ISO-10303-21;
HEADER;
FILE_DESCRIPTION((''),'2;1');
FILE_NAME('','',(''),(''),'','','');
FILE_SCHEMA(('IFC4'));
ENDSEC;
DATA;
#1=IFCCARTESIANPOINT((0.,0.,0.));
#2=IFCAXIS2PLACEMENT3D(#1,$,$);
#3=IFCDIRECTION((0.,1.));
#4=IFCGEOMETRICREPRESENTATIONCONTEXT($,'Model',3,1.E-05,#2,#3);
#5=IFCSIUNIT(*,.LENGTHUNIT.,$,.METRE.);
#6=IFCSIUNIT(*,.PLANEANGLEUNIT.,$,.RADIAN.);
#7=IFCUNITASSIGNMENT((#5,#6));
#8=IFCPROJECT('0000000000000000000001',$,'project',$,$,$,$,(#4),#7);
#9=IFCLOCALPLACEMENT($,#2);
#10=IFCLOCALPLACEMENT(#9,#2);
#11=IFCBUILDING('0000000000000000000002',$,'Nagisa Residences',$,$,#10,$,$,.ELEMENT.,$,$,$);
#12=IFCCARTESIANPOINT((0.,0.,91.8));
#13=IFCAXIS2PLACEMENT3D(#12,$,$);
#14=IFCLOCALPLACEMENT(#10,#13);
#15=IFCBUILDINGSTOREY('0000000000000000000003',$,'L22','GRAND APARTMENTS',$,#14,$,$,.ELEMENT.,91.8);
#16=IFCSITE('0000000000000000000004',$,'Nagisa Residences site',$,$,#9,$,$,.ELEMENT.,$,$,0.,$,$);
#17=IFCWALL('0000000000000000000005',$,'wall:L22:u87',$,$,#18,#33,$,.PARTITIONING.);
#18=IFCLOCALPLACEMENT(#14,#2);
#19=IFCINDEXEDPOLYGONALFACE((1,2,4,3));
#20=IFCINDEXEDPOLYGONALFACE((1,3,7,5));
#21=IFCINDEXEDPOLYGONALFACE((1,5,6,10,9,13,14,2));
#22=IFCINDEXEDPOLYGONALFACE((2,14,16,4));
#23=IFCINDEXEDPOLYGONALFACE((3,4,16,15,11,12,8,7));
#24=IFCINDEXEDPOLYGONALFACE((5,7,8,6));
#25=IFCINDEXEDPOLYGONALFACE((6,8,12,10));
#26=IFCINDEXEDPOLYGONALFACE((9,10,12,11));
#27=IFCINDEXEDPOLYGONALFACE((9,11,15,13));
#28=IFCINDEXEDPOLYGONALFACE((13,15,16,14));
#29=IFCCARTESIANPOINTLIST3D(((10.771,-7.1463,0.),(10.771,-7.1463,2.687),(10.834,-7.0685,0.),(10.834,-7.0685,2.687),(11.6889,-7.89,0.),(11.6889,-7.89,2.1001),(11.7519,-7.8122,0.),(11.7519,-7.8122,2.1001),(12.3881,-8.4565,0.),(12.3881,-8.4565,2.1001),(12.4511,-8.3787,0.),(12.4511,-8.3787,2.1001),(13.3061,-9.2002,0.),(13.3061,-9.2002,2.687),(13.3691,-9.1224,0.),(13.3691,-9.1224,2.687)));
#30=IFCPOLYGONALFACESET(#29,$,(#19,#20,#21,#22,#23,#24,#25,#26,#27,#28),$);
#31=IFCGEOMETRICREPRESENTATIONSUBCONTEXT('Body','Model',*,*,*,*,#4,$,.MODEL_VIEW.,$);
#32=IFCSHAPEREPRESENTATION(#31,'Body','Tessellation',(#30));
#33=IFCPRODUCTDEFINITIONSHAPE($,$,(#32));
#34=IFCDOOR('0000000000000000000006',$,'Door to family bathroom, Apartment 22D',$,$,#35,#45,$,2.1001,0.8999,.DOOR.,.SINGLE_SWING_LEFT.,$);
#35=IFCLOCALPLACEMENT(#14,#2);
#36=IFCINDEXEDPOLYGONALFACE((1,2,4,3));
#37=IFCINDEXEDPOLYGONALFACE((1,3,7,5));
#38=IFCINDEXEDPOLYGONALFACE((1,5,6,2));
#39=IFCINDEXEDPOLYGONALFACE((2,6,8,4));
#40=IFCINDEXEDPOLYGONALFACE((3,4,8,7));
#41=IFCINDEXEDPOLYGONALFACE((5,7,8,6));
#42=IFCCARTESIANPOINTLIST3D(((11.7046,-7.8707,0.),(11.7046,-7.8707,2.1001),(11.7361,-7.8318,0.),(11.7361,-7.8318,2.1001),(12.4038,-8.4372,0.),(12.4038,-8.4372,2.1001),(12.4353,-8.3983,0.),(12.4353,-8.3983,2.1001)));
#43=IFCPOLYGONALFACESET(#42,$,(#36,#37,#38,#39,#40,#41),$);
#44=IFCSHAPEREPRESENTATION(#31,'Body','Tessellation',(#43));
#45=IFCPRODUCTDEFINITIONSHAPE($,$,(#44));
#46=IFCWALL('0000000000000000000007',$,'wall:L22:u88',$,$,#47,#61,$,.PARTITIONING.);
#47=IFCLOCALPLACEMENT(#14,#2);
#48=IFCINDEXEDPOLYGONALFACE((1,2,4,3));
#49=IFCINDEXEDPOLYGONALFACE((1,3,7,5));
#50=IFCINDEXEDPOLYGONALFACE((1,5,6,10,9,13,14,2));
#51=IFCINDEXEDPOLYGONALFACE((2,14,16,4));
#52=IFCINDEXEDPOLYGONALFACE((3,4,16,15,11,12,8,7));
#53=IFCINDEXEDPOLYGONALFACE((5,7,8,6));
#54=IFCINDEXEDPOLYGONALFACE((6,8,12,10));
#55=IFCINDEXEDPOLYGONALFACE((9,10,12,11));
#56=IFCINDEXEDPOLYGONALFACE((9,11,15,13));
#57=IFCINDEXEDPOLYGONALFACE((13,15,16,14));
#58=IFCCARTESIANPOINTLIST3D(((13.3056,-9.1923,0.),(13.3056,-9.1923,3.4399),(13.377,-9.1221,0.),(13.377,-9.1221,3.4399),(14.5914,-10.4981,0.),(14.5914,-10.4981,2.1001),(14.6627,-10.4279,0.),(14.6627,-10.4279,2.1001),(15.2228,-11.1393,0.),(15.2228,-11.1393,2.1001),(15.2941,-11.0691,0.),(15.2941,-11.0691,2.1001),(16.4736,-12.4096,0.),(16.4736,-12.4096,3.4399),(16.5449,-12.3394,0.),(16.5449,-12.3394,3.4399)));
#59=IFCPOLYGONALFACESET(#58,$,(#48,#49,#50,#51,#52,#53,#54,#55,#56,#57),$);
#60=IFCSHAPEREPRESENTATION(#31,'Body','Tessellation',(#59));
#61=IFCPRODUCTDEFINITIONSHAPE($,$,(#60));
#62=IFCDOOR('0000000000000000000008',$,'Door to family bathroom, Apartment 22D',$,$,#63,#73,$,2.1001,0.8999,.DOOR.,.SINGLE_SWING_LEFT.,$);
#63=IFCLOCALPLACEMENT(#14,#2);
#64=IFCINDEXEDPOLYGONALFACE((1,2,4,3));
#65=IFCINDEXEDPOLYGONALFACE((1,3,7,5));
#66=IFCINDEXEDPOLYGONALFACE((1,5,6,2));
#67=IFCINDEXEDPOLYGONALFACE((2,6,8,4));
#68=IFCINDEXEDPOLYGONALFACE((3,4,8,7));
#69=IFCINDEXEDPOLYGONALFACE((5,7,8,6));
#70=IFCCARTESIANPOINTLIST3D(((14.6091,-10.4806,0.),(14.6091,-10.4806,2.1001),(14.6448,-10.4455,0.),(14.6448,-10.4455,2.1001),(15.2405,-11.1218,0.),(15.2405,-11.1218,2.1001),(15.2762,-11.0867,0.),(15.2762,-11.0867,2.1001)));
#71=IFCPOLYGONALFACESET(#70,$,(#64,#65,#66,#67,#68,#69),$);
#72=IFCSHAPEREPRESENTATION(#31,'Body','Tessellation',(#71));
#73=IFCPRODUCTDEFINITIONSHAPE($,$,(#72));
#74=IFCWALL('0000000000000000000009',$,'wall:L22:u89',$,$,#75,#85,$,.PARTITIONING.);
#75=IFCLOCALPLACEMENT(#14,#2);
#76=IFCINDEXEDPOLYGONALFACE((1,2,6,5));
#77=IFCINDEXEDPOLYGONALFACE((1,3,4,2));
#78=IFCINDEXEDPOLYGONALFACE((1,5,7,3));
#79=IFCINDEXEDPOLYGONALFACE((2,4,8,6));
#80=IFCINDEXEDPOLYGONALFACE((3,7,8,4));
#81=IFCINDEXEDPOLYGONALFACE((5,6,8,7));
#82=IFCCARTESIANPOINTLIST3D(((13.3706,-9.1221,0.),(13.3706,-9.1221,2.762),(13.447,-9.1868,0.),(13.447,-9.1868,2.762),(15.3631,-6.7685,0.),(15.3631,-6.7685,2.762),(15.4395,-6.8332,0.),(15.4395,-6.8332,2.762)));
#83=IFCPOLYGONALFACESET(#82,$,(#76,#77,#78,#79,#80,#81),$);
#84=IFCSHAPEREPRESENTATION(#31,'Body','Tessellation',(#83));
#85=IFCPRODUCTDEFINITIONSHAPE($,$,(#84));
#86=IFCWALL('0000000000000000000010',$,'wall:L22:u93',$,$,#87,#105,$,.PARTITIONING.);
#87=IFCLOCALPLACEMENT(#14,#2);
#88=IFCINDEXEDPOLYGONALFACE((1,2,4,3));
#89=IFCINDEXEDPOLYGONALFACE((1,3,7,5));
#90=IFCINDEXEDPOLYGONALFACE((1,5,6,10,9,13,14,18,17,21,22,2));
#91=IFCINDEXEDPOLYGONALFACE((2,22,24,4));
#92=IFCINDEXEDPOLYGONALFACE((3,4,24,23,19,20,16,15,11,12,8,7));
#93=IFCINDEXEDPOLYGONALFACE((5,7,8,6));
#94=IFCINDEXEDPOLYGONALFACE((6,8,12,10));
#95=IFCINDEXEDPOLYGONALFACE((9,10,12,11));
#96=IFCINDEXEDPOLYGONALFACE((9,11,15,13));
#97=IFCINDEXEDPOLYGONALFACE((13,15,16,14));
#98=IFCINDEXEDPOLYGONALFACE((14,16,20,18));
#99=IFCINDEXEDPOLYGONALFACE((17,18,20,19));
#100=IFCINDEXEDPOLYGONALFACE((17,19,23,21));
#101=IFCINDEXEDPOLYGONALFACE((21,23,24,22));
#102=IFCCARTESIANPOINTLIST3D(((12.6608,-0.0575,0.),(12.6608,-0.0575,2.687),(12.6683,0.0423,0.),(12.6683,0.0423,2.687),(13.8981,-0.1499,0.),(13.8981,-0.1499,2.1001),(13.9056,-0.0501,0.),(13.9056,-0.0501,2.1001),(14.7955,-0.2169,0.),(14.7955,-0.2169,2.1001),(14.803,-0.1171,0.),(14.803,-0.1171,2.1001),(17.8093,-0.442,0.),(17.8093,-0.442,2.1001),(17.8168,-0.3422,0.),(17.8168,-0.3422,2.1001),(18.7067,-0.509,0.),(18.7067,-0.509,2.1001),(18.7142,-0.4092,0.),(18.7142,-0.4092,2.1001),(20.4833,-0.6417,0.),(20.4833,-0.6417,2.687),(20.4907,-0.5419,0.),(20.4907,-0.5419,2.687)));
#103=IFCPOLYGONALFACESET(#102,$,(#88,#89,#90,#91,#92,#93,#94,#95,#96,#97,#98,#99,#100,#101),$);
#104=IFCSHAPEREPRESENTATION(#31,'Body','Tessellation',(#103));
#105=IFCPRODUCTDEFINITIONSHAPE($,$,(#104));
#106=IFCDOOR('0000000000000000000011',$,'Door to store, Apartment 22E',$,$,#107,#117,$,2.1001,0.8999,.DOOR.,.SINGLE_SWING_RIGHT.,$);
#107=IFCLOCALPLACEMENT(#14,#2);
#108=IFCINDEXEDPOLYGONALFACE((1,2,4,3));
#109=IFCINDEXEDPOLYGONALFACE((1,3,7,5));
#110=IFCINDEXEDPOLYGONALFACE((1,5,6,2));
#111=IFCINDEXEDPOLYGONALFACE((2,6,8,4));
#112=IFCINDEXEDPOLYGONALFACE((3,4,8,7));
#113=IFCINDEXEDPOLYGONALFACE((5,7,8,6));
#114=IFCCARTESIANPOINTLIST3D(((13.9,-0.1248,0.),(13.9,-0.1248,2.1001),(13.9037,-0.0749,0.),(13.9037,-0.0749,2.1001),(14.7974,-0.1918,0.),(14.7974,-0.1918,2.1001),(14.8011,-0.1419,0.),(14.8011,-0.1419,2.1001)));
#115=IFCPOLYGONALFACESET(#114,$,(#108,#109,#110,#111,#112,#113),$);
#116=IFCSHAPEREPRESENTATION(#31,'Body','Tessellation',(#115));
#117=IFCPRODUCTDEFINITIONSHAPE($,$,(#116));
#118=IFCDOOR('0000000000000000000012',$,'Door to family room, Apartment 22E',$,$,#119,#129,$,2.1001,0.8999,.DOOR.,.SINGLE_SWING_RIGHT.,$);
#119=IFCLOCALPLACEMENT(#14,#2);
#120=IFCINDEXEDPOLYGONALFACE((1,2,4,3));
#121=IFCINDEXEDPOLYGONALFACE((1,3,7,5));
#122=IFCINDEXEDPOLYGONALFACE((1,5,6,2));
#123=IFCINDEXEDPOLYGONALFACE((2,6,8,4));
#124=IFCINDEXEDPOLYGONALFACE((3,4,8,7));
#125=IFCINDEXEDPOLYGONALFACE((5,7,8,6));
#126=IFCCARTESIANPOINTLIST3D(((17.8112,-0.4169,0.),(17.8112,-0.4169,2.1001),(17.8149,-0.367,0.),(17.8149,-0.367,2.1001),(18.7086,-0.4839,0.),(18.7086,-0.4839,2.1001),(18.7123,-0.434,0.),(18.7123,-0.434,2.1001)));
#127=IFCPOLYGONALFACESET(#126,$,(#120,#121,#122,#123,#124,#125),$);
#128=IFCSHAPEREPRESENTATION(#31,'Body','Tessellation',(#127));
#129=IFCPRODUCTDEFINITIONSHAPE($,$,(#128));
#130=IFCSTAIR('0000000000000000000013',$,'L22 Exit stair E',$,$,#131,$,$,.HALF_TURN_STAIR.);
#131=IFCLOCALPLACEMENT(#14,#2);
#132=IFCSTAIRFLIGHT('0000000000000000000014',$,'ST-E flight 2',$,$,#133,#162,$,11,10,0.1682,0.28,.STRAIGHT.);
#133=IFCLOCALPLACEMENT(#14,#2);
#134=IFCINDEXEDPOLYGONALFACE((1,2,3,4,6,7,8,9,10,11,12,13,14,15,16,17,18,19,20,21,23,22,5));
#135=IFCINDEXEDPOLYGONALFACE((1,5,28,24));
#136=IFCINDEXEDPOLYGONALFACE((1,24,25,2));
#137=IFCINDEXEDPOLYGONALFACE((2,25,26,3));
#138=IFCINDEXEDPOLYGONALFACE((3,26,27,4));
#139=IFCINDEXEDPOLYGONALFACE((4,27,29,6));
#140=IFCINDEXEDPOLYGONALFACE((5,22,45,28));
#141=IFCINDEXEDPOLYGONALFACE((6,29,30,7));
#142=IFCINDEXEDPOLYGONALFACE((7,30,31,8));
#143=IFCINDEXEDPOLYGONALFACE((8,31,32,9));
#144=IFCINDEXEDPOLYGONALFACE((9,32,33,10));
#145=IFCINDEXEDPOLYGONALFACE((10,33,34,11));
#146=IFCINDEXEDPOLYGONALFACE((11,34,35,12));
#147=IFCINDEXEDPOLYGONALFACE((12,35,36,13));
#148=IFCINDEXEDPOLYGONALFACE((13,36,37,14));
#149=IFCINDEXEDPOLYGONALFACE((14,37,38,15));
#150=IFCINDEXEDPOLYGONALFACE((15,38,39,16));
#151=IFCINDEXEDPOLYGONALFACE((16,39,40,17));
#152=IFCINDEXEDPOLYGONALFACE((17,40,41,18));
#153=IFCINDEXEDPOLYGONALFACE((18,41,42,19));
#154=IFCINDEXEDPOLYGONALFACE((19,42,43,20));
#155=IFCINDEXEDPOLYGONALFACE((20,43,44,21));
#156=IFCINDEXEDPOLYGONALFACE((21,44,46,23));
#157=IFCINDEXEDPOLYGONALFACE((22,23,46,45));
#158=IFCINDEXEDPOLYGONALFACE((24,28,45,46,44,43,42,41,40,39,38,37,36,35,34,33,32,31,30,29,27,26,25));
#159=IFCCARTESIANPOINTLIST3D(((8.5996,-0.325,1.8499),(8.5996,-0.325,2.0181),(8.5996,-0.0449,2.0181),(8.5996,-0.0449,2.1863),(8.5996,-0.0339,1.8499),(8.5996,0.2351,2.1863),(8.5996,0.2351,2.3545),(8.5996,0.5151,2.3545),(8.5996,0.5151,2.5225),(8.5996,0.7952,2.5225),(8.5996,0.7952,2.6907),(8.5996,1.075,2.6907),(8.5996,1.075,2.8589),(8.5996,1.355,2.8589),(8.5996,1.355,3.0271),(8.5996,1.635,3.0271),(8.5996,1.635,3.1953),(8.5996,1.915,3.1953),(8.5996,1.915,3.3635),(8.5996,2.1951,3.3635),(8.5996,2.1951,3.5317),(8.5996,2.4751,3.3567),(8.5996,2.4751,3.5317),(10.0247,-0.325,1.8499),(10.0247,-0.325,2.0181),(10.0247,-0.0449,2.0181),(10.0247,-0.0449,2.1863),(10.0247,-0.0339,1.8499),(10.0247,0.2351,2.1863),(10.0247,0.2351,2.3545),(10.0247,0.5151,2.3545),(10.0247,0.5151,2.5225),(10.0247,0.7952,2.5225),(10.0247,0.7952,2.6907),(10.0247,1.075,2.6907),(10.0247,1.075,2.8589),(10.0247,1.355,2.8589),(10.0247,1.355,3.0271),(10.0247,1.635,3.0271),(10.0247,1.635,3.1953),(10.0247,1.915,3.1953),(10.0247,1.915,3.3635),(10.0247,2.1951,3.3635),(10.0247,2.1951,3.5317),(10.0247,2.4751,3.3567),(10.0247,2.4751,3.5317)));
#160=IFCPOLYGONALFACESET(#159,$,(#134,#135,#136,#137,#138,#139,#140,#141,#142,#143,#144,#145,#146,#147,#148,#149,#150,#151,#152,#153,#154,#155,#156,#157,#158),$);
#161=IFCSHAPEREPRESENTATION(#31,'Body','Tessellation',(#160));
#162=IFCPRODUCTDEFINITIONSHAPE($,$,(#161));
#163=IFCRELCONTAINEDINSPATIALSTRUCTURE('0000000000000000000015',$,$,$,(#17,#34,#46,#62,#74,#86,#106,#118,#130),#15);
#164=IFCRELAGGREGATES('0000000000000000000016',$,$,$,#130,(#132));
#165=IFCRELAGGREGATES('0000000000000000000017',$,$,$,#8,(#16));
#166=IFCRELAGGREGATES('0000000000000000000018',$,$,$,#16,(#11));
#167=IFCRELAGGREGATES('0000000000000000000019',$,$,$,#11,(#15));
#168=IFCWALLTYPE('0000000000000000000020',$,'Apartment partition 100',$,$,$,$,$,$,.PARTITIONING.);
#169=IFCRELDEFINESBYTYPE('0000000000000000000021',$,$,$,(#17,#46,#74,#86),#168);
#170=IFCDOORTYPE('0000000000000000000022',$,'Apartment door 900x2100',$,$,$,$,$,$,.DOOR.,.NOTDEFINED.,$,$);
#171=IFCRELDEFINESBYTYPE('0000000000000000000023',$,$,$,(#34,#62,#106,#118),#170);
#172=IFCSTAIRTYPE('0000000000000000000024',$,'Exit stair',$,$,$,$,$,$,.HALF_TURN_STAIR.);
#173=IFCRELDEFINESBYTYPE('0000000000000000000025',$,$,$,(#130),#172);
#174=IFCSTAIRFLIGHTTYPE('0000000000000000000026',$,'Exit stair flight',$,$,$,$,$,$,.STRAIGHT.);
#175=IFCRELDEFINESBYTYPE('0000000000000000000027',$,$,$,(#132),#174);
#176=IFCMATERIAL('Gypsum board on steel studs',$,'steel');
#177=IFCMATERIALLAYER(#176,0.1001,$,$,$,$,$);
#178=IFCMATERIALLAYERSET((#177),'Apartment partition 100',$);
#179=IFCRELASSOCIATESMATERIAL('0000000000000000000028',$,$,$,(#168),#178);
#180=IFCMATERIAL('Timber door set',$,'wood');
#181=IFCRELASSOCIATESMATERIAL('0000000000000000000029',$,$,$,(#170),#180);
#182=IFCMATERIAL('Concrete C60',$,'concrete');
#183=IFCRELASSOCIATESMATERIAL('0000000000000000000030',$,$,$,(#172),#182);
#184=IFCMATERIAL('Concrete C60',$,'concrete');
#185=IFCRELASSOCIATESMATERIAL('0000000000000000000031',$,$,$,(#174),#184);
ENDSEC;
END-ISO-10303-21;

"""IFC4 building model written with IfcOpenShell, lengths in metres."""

from ifc_helpers import new_model, si_unit, direction, frame, frame_2d, origin, place, context, subcontext, project, spatial, polyline, rectangle, outline, extrude, material, layer, layer_set, type_object, element, fill, aggregate, save


model = new_model("IFC4")

# Units and contexts
model_context = context("Model", 3, precision=1e-05, world=origin(), true_north=direction((0.0, 1.0)))
body_context = subcontext(model_context, "Body", "Model", "MODEL_VIEW")
ifc_project = project(units=[si_unit("LENGTHUNIT", "METRE"), si_unit("PLANEANGLEUNIT", "RADIAN")], contexts=[model_context])

# Site, building, storey
site_placement = place(None, origin())
site = spatial("IfcSite", under=ifc_project, at=site_placement, Name="Nagisa Residences site", CompositionType="ELEMENT", RefElevation=0.0)
building_placement = place(site_placement, origin())
building = spatial("IfcBuilding", under=site, at=building_placement, Name="Nagisa Residences", CompositionType="ELEMENT")
storey_placement = place(building_placement, frame((0.0, 0.0, 91.8)))
storey = spatial("IfcBuildingStorey", under=building, at=storey_placement, Name="L22", Description="GRAND APARTMENTS", CompositionType="ELEMENT", Elevation=91.8)

# Shared definitions
ifc_material_1 = material(Name="Gypsum board on steel studs", Category="steel")
ifc_layer_1 = layer(ifc_material_1, 0.1001)
ifc_layer_set_1 = layer_set([ifc_layer_1], Name="Apartment partition 100")
wall_type_1 = type_object("IfcWallType", Name="Apartment partition 100", PredefinedType="PARTITIONING", material=ifc_layer_set_1)
ifc_material_2 = material(Name="Timber door set", Category="wood")
door_type_1 = type_object("IfcDoorType", Name="Apartment door 900x2100", OperationType="NOTDEFINED", PredefinedType="DOOR", material=ifc_material_2)

# Walls, openings, doors
wall_1_placement = place(storey_placement, frame((10.8025, -7.1074, 0.0), z_axis=(0.0, 0.0, 1.0), x_axis=(0.776992, -0.62951, 0.0)))
wall_1 = element("IfcWall", 1, at=wall_1_placement, inside=storey, type_object=wall_type_1, Name="wall:L22:u87", PredefinedType="PARTITIONING", context=body_context, shape_type="SweptSolid", body=[
    extrude(rectangle(XDim=3.2627, YDim=0.1001, at=frame_2d((1.6313, 0.0))), origin(), (0.0, 0.0, 1.0), 2.687),
])
opening_1_placement = place(wall_1_placement, frame((1.1814, 0.0, 0.0)))
opening_1 = element("IfcOpeningElement", 2, at=opening_1_placement, cuts=wall_1, PredefinedType="OPENING", context=body_context, shape_type="SweptSolid", body=[
    extrude(rectangle(XDim=0.8999, YDim=2.1001, at=frame_2d((0.45, 1.05))), frame((0.0, 0.0601, 0.0), z_axis=(0.0, -1.0, 0.0), x_axis=(1.0, 0.0, 0.0)), (0.0, 0.0, 1.0), 0.1201),
])
door_1_placement = place(opening_1_placement, origin())
door_1 = element("IfcDoor", 3, at=door_1_placement, inside=storey, type_object=door_type_1, Name="Door to family bathroom, Apartment 22D", OperationType="SINGLE_SWING_LEFT", OverallHeight=2.1001, OverallWidth=0.8999, PredefinedType="DOOR", context=body_context, shape_type="SweptSolid", body=[
    extrude(rectangle(XDim=0.8999, YDim=2.1001, at=frame_2d((0.45, 1.05))), frame((0.0, 0.0249, 0.0), z_axis=(0.0, -1.0, 0.0), x_axis=(1.0, 0.0, 0.0)), (0.0, 0.0, 1.0), 0.05),
])
fill(opening_1, door_1)
wall_2_placement = place(storey_placement, frame((13.3413, -9.1572, 0.0), z_axis=(0.0, 0.0, 1.0), x_axis=(0.701625, -0.712547, 0.0)))
wall_2 = element("IfcWall", 4, at=wall_2_placement, inside=storey, type_object=wall_type_1, Name="wall:L22:u88", PredefinedType="PARTITIONING", context=body_context, shape_type="SweptSolid", body=[
    extrude(rectangle(XDim=4.5151, YDim=0.1001, at=frame_2d((2.2576, 0.0))), origin(), (0.0, 0.0, 1.0), 3.4399),
])
opening_2_placement = place(wall_2_placement, frame((1.8325, 0.0, 0.0)))
opening_2 = element("IfcOpeningElement", 5, at=opening_2_placement, cuts=wall_2, PredefinedType="OPENING", context=body_context, shape_type="SweptSolid", body=[
    extrude(rectangle(XDim=0.8999, YDim=2.1001, at=frame_2d((0.45, 1.05))), frame((0.0, 0.0601, 0.0), z_axis=(0.0, -1.0, 0.0), x_axis=(1.0, 0.0, 0.0)), (0.0, 0.0, 1.0), 0.1201),
])
door_2_placement = place(opening_2_placement, origin())
door_2 = element("IfcDoor", 6, at=door_2_placement, inside=storey, type_object=door_type_1, Name="Door to family bathroom, Apartment 22D", OperationType="SINGLE_SWING_LEFT", OverallHeight=2.1001, OverallWidth=0.8999, PredefinedType="DOOR", context=body_context, shape_type="SweptSolid", body=[
    extrude(rectangle(XDim=0.8999, YDim=2.1001, at=frame_2d((0.45, 1.05))), frame((0.0, 0.0249, 0.0), z_axis=(0.0, -1.0, 0.0), x_axis=(1.0, 0.0, 0.0)), (0.0, 0.0, 1.0), 0.05),
])
fill(opening_2, door_2)

# Wall
wall_3_placement = place(storey_placement, frame((13.4087, -9.1545, 0.0), z_axis=(0.0, 0.0, 1.0), x_axis=(0.64613, 0.763227, 0.0)))
element("IfcWall", 7, at=wall_3_placement, inside=storey, type_object=wall_type_1, Name="wall:L22:u89", PredefinedType="PARTITIONING", context=body_context, shape_type="SweptSolid", body=[
    extrude(rectangle(XDim=3.0837, YDim=0.1001, at=frame_2d((1.542, 0.0))), origin(), (0.0, 0.0, 1.0), 2.762),
])

# Wall, openings, doors
wall_4_placement = place(storey_placement, frame((12.6646, -0.0076, 0.0), z_axis=(0.0, 0.0, 1.0), x_axis=(0.997223, -0.074478, 0.0)))
wall_4 = element("IfcWall", 8, at=wall_4_placement, inside=storey, type_object=wall_type_1, Name="wall:L22:u93", PredefinedType="PARTITIONING", context=body_context, shape_type="SweptSolid", body=[
    extrude(rectangle(XDim=7.8442, YDim=0.1001, at=frame_2d((3.9221, 0.0))), origin(), (0.0, 0.0, 1.0), 2.687),
])
opening_3_placement = place(wall_4_placement, frame((1.2407, 0.0, 0.0)))
opening_3 = element("IfcOpeningElement", 9, at=opening_3_placement, cuts=wall_4, PredefinedType="OPENING", context=body_context, shape_type="SweptSolid", body=[
    extrude(rectangle(XDim=0.8999, YDim=2.1001, at=frame_2d((0.45, 1.05))), frame((0.0, 0.0601, 0.0), z_axis=(0.0, -1.0, 0.0), x_axis=(1.0, 0.0, 0.0)), (0.0, 0.0, 1.0), 0.1201),
])
opening_4_placement = place(wall_4_placement, frame((5.1628, 0.0, 0.0)))
opening_4 = element("IfcOpeningElement", 10, at=opening_4_placement, cuts=wall_4, PredefinedType="OPENING", context=body_context, shape_type="SweptSolid", body=[
    extrude(rectangle(XDim=0.8999, YDim=2.1001, at=frame_2d((0.45, 1.05))), frame((0.0, 0.0601, 0.0), z_axis=(0.0, -1.0, 0.0), x_axis=(1.0, 0.0, 0.0)), (0.0, 0.0, 1.0), 0.1201),
])
door_3_placement = place(opening_3_placement, frame((0.8999, 0.0, 0.0), x_axis=(-1.0, 0.0, 0.0)))
door_3 = element("IfcDoor", 11, at=door_3_placement, inside=storey, type_object=door_type_1, Name="Door to store, Apartment 22E", OperationType="SINGLE_SWING_RIGHT", OverallHeight=2.1001, OverallWidth=0.8999, PredefinedType="DOOR", context=body_context, shape_type="SweptSolid", body=[
    extrude(rectangle(XDim=0.8999, YDim=2.1001, at=frame_2d((0.45, 1.05))), frame((0.0, 0.0249, 0.0), z_axis=(0.0, -1.0, 0.0), x_axis=(1.0, 0.0, 0.0)), (0.0, 0.0, 1.0), 0.05),
])
fill(opening_3, door_3)
door_4_placement = place(opening_4_placement, frame((0.8999, 0.0, 0.0), x_axis=(-1.0, 0.0, 0.0)))
door_4 = element("IfcDoor", 12, at=door_4_placement, inside=storey, type_object=door_type_1, Name="Door to family room, Apartment 22E", OperationType="SINGLE_SWING_RIGHT", OverallHeight=2.1001, OverallWidth=0.8999, PredefinedType="DOOR", context=body_context, shape_type="SweptSolid", body=[
    extrude(rectangle(XDim=0.8999, YDim=2.1001, at=frame_2d((0.45, 1.05))), frame((0.0, 0.0249, 0.0), z_axis=(0.0, -1.0, 0.0), x_axis=(1.0, 0.0, 0.0)), (0.0, 0.0, 1.0), 0.05),
])
fill(opening_4, door_4)

# Stair, stair flight
ifc_material_3 = material(Name="Concrete C60", Category="concrete")
stair_type = type_object("IfcStairType", Name="Exit stair", PredefinedType="HALF_TURN_STAIR", material=ifc_material_3)
stair_placement = place(storey_placement, origin())
stair = element("IfcStair", 13, at=stair_placement, inside=storey, type_object=stair_type, Name="L22 Exit stair E", PredefinedType="HALF_TURN_STAIR")
ifc_material_4 = material(Name="Concrete C60", Category="concrete")
stair_flight_type = type_object("IfcStairFlightType", Name="Exit stair flight", PredefinedType="STRAIGHT", material=ifc_material_4)
stair_flight_placement = place(storey_placement, frame((9.312, -0.325, 1.8499), z_axis=(0.0, 0.0, 1.0), x_axis=(0.0, 1.0, 0.0)))
stair_flight = element("IfcStairFlight", 14, at=stair_flight_placement, type_object=stair_flight_type, Name="ST-E flight 2", NumberOfRisers=11, NumberOfTreads=10, PredefinedType="STRAIGHT", RiserHeight=0.1682, TreadLength=0.28, context=body_context, shape_type="SweptSolid", body=[
    extrude(outline(polyline([(0.0, 0.0), (0.0, 0.1682), (0.28, 0.1682), (0.28, 0.3364), (0.5601, 0.3364), (0.5601, 0.5046), (0.8401, 0.5046), (0.8401, 0.6726), (1.1201, 0.6726), (1.1201, 0.8408), (1.3999, 0.8408), (1.3999, 1.009), (1.6799, 1.009), (1.6799, 1.1772), (1.96, 1.1772), (1.96, 1.3455), (2.24, 1.3455), (2.24, 1.5137), (2.52, 1.5137), (2.52, 1.6819), (2.8, 1.6819), (2.8, 1.8501), (2.8, 1.5068), (0.291, 0.0), (0.0, 0.0)])), frame((0.0, 0.7124, 0.0), z_axis=(0.0, -1.0, 0.0), x_axis=(1.0, 0.0, 0.0)), (0.0, 0.0, 1.0), 1.425),
])
aggregate(stair, [stair_flight])

save(model, "model.ifc")
